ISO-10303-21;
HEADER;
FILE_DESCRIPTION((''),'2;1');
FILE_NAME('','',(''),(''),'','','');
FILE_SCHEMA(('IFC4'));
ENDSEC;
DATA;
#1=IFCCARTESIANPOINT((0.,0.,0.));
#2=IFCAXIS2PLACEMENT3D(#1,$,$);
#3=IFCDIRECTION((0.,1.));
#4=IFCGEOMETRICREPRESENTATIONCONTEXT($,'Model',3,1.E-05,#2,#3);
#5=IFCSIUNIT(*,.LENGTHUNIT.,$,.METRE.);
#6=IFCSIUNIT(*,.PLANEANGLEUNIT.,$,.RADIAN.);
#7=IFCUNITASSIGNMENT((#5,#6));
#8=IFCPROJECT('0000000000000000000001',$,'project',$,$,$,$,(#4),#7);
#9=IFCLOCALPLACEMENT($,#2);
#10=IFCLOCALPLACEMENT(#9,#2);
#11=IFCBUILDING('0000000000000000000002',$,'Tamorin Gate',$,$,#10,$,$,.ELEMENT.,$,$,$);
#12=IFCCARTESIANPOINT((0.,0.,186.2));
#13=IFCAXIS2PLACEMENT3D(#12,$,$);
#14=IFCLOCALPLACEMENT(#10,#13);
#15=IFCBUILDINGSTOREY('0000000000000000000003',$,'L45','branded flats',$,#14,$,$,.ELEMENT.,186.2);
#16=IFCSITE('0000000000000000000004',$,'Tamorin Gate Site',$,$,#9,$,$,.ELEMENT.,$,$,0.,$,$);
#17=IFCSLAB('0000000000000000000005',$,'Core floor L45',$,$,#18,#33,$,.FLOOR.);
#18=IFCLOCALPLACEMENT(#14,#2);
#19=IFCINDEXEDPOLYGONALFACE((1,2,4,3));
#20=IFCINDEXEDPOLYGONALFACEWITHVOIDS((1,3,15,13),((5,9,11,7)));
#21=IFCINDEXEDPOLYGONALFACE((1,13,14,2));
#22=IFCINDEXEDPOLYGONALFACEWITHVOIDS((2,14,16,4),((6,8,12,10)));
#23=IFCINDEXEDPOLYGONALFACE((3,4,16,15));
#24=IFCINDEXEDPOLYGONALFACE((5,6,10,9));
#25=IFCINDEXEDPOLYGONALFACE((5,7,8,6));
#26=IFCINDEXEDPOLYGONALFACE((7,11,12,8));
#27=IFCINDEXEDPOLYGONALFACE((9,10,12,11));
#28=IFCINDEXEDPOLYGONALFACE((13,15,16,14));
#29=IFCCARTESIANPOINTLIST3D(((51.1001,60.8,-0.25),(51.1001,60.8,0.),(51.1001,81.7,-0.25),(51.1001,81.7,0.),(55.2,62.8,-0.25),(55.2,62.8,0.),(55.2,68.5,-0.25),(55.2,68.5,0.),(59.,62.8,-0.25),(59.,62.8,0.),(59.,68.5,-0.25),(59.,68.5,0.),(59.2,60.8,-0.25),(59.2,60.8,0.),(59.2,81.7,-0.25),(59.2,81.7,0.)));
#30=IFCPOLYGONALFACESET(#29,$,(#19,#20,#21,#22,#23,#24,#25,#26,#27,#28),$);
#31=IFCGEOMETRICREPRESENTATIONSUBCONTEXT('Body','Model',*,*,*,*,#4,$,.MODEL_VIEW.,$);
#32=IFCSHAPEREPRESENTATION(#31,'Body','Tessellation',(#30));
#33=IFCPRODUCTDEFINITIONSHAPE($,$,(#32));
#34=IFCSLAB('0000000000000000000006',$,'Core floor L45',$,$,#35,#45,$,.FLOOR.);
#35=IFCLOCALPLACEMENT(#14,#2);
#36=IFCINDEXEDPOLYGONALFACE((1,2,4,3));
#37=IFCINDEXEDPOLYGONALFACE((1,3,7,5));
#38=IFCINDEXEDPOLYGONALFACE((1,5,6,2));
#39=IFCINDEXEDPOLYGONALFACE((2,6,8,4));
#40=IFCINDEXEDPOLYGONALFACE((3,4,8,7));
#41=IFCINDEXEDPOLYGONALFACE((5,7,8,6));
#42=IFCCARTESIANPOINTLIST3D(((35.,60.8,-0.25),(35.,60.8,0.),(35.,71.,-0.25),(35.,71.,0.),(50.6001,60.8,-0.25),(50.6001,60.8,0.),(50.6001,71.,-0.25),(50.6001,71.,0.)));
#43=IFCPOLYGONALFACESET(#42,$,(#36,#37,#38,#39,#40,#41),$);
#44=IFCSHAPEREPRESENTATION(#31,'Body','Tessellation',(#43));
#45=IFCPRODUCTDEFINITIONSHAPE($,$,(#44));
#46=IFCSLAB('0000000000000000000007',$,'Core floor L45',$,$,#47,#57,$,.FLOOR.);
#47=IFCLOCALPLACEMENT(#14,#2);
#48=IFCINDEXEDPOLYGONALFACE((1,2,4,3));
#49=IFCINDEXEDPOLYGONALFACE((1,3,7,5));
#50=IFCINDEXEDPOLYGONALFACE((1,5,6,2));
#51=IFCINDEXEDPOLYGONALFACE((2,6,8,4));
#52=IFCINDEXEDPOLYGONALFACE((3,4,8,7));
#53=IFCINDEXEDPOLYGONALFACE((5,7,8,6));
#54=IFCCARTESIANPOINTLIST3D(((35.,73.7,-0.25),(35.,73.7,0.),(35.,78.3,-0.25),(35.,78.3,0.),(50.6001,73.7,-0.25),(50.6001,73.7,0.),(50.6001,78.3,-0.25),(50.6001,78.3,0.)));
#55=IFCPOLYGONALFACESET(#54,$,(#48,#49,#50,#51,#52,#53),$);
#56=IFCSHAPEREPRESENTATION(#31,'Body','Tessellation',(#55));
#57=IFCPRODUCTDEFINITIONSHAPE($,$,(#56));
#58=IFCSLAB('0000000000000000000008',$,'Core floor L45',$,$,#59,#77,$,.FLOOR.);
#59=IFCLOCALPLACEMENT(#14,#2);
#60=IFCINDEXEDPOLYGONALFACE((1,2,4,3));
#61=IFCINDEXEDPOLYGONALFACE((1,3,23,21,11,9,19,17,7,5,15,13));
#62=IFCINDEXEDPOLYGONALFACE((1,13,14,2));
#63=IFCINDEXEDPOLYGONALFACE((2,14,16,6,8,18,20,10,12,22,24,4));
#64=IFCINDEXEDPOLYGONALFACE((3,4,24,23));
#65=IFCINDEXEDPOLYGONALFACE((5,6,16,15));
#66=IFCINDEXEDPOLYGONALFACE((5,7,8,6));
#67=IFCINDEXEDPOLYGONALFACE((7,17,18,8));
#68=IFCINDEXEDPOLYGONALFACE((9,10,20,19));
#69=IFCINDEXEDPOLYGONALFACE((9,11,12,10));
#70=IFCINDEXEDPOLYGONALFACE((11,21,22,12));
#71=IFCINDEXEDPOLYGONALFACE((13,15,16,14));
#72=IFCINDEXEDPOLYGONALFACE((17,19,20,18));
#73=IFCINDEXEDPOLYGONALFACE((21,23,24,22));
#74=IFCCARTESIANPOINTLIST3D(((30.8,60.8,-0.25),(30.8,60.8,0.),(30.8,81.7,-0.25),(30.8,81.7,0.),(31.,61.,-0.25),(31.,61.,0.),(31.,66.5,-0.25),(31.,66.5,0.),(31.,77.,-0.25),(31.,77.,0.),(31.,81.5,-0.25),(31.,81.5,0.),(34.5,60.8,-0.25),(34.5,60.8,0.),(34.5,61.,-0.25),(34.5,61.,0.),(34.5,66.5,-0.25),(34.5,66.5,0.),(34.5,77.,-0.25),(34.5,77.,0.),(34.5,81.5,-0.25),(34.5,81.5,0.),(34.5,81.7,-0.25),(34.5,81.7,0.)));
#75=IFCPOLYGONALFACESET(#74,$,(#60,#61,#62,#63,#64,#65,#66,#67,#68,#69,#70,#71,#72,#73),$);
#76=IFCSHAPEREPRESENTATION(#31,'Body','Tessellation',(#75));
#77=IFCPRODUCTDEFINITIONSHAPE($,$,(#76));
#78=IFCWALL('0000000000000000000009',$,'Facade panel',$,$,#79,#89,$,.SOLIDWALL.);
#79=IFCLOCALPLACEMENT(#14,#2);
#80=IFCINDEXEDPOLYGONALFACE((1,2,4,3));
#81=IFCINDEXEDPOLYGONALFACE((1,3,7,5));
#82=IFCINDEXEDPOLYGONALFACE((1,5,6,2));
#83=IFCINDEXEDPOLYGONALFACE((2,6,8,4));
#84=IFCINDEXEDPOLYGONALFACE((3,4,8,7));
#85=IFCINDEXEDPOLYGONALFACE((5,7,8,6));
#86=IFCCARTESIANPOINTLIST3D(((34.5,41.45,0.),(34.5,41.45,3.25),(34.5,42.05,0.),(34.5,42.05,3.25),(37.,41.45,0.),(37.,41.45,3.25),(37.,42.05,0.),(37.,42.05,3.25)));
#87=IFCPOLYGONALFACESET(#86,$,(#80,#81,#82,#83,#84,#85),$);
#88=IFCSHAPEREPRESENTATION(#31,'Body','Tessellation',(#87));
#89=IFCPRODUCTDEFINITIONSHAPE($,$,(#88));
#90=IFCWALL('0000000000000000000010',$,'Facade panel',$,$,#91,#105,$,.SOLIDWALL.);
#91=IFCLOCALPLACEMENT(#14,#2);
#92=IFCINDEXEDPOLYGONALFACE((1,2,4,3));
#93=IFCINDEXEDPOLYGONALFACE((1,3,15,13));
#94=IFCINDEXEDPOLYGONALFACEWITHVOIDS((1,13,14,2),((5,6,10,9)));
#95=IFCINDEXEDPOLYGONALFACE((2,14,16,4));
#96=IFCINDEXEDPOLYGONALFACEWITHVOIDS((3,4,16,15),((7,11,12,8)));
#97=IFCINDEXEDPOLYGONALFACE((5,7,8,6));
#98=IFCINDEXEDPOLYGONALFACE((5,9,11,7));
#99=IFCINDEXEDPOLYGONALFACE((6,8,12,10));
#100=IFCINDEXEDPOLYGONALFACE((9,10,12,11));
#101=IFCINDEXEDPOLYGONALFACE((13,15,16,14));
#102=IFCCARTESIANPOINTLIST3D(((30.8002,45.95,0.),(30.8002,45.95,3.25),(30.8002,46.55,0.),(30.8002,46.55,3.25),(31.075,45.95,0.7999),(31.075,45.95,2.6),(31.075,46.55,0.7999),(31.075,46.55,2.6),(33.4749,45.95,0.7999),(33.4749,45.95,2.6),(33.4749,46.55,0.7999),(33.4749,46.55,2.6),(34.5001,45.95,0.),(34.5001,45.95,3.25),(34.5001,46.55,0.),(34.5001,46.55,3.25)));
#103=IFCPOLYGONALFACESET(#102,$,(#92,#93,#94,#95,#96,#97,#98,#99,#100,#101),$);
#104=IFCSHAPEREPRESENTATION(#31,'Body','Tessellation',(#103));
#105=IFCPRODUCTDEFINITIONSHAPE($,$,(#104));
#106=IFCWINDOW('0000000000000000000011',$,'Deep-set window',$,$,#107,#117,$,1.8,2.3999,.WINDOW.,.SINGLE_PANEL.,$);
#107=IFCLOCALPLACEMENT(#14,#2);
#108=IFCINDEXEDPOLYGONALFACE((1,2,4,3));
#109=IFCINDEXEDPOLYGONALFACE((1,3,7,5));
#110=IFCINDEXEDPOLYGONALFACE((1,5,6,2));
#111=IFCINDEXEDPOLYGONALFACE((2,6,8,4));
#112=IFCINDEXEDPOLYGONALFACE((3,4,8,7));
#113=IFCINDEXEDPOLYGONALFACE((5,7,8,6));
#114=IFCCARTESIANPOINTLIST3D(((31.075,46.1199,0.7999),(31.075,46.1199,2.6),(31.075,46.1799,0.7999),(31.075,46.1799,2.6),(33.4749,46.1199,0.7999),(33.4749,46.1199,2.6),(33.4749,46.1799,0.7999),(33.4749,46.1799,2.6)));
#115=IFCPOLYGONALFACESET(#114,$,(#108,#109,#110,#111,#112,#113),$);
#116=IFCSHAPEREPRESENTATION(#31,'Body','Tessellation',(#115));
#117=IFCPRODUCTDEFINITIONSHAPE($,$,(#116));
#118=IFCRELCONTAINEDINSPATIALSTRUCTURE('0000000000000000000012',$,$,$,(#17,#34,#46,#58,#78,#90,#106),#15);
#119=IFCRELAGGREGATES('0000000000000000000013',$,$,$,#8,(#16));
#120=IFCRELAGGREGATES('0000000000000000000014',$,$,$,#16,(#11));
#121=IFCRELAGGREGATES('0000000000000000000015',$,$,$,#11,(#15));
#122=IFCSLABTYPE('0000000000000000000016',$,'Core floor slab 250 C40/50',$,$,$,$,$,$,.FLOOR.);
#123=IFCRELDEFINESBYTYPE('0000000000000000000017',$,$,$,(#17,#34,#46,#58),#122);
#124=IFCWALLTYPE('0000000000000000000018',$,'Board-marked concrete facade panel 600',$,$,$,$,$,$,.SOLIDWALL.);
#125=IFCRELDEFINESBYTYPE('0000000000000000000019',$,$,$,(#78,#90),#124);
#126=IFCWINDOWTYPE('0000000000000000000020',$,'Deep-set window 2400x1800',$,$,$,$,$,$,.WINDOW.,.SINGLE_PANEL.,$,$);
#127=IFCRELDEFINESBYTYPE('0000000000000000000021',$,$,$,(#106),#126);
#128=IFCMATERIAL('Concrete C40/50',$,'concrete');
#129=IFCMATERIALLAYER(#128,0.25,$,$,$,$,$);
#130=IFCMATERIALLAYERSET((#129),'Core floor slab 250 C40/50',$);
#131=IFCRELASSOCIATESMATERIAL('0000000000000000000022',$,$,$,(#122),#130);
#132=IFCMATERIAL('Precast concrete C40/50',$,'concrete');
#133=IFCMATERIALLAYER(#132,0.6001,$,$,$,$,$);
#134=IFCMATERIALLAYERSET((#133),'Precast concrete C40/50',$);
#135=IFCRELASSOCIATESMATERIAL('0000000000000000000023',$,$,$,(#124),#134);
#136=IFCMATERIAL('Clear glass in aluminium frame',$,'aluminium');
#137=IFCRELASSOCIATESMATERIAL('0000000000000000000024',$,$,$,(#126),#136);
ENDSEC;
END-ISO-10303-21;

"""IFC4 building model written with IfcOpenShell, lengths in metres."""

from ifc_helpers import new_model, si_unit, direction, frame, frame_2d, origin, place, context, subcontext, project, spatial, polyline, rectangle, outline, extrude, material, layer, layer_set, type_object, element, fill, save


model = new_model("IFC4")

# Units and contexts
model_context = context("Model", 3, precision=1e-05, world=origin(), true_north=direction((0.0, 1.0)))
body_context = subcontext(model_context, "Body", "Model", "MODEL_VIEW")
ifc_project = project(units=[si_unit("LENGTHUNIT", "METRE"), si_unit("PLANEANGLEUNIT", "RADIAN")], contexts=[model_context])

# Site, building, storey
site_placement = place(None, origin())
site = spatial("IfcSite", under=ifc_project, at=site_placement, Name="Tamorin Gate Site", CompositionType="ELEMENT", RefElevation=0.0)
building_placement = place(site_placement, origin())
building = spatial("IfcBuilding", under=site, at=building_placement, Name="Tamorin Gate", CompositionType="ELEMENT")
storey_placement = place(building_placement, frame((0.0, 0.0, 186.2)))
storey = spatial("IfcBuildingStorey", under=building, at=storey_placement, Name="L45", Description="branded flats", CompositionType="ELEMENT", Elevation=186.2)

# Slabs
ifc_material_1 = material(Name="Concrete C40/50", Category="concrete")
ifc_layer_1 = layer(ifc_material_1, 0.25)
ifc_layer_set_1 = layer_set([ifc_layer_1], Name="Core floor slab 250 C40/50")
slab_type = type_object("IfcSlabType", Name="Core floor slab 250 C40/50", PredefinedType="FLOOR", material=ifc_layer_set_1)
slab_1_placement = place(storey_placement, frame((0.0, 0.0, -0.25)))
element("IfcSlab", 1, at=slab_1_placement, inside=storey, type_object=slab_type, Name="Core floor L45", PredefinedType="FLOOR", context=body_context, shape_type="SweptSolid", body=[
    extrude(outline(polyline([(51.1001, 81.7), (59.2, 81.7), (59.2, 60.8), (51.1001, 60.8), (51.1001, 81.7)]), holes=[polyline([(55.2, 62.8), (59.0, 62.8), (59.0, 68.5), (55.2, 68.5), (55.2, 62.8)])]), origin(), (0.0, 0.0, 1.0), 0.25),
])
slab_2_placement = place(storey_placement, frame((0.0, 0.0, -0.25)))
element("IfcSlab", 2, at=slab_2_placement, inside=storey, type_object=slab_type, Name="Core floor L45", PredefinedType="FLOOR", context=body_context, shape_type="SweptSolid", body=[
    extrude(outline(polyline([(50.6001, 71.0), (50.6001, 60.8), (35.0, 60.8), (35.0, 71.0), (50.6001, 71.0)])), origin(), (0.0, 0.0, 1.0), 0.25),
])
slab_3_placement = place(storey_placement, frame((0.0, 0.0, -0.25)))
element("IfcSlab", 3, at=slab_3_placement, inside=storey, type_object=slab_type, Name="Core floor L45", PredefinedType="FLOOR", context=body_context, shape_type="SweptSolid", body=[
    extrude(outline(polyline([(50.6001, 73.7), (35.0, 73.7), (35.0, 78.3), (50.6001, 78.3), (50.6001, 73.7)])), origin(), (0.0, 0.0, 1.0), 0.25),
])
slab_4_placement = place(storey_placement, frame((0.0, 0.0, -0.25)))
element("IfcSlab", 4, at=slab_4_placement, inside=storey, type_object=slab_type, Name="Core floor L45", PredefinedType="FLOOR", context=body_context, shape_type="SweptSolid", body=[
    extrude(outline(polyline([(34.5, 60.8), (30.8, 60.8), (30.8, 81.7), (34.5, 81.7), (34.5, 81.5), (31.0, 81.5), (31.0, 77.0), (34.5, 77.0), (34.5, 66.5), (31.0, 66.5), (31.0, 61.0), (34.5, 61.0), (34.5, 60.8)])), origin(), (0.0, 0.0, 1.0), 0.25),
])

# Wall
ifc_material_2 = material(Name="Precast concrete C40/50", Category="concrete")
ifc_layer_2 = layer(ifc_material_2, 0.6001)
ifc_layer_set_2 = layer_set([ifc_layer_2], Name="Precast concrete C40/50")
wall_type_1 = type_object("IfcWallType", Name="Board-marked concrete facade panel 600", PredefinedType="SOLIDWALL", material=ifc_layer_set_2)
wall_1_placement = place(storey_placement, frame((34.5, 41.75, 0.0), z_axis=(0.0, 0.0, 1.0), x_axis=(1.0, 0.0, 0.0)))
element("IfcWall", 5, at=wall_1_placement, inside=storey, type_object=wall_type_1, Name="Facade panel", PredefinedType="SOLIDWALL", context=body_context, shape_type="SweptSolid", body=[
    extrude(rectangle(XDim=2.5, YDim=0.6001, at=frame_2d((1.25, 0.0))), origin(), (0.0, 0.0, 1.0), 3.25),
])

# Wall, opening, window
wall_2_placement = place(storey_placement, frame((30.8, 46.25, 0.0), z_axis=(0.0, 0.0, 1.0), x_axis=(1.0, 0.0, 0.0)))
wall_2 = element("IfcWall", 6, at=wall_2_placement, inside=storey, type_object=wall_type_1, Name="Facade panel", PredefinedType="SOLIDWALL", context=body_context, shape_type="SweptSolid", body=[
    extrude(rectangle(XDim=3.7, YDim=0.6001, at=frame_2d((1.8501, 0.0))), origin(), (0.0, 0.0, 1.0), 3.25),
])
opening_1_placement = place(wall_2_placement, frame((0.2749, 0.0, 0.8)))
opening_1 = element("IfcOpeningElement", 7, at=opening_1_placement, cuts=wall_2, PredefinedType="OPENING", context=body_context, shape_type="SweptSolid", body=[
    extrude(rectangle(XDim=2.3999, YDim=1.8, at=frame_2d((1.2, 0.8999))), frame((0.0, 0.3101, 0.0), z_axis=(0.0, -1.0, 0.0), x_axis=(1.0, 0.0, 0.0)), (0.0, 0.0, 1.0), 0.6201),
])
ifc_material_3 = material(Name="Clear glass in aluminium frame", Category="aluminium")
window_type = type_object("IfcWindowType", Name="Deep-set window 2400x1800", PartitioningType="SINGLE_PANEL", PredefinedType="WINDOW", material=ifc_material_3)
window_placement = place(opening_1_placement, origin())
window = element("IfcWindow", 8, at=window_placement, inside=storey, type_object=window_type, Name="Deep-set window", OverallHeight=1.8, OverallWidth=2.3999, PartitioningType="SINGLE_PANEL", PredefinedType="WINDOW", context=body_context, shape_type="SweptSolid", body=[
    extrude(rectangle(XDim=2.3999, YDim=1.8, at=frame_2d((1.2, 0.8999))), frame((0.0, -0.0701, 0.0), z_axis=(0.0, -1.0, 0.0), x_axis=(1.0, 0.0, 0.0)), (0.0, 0.0, 1.0), 0.0601),
])
fill(opening_1, window)

save(model, "model.ifc")
